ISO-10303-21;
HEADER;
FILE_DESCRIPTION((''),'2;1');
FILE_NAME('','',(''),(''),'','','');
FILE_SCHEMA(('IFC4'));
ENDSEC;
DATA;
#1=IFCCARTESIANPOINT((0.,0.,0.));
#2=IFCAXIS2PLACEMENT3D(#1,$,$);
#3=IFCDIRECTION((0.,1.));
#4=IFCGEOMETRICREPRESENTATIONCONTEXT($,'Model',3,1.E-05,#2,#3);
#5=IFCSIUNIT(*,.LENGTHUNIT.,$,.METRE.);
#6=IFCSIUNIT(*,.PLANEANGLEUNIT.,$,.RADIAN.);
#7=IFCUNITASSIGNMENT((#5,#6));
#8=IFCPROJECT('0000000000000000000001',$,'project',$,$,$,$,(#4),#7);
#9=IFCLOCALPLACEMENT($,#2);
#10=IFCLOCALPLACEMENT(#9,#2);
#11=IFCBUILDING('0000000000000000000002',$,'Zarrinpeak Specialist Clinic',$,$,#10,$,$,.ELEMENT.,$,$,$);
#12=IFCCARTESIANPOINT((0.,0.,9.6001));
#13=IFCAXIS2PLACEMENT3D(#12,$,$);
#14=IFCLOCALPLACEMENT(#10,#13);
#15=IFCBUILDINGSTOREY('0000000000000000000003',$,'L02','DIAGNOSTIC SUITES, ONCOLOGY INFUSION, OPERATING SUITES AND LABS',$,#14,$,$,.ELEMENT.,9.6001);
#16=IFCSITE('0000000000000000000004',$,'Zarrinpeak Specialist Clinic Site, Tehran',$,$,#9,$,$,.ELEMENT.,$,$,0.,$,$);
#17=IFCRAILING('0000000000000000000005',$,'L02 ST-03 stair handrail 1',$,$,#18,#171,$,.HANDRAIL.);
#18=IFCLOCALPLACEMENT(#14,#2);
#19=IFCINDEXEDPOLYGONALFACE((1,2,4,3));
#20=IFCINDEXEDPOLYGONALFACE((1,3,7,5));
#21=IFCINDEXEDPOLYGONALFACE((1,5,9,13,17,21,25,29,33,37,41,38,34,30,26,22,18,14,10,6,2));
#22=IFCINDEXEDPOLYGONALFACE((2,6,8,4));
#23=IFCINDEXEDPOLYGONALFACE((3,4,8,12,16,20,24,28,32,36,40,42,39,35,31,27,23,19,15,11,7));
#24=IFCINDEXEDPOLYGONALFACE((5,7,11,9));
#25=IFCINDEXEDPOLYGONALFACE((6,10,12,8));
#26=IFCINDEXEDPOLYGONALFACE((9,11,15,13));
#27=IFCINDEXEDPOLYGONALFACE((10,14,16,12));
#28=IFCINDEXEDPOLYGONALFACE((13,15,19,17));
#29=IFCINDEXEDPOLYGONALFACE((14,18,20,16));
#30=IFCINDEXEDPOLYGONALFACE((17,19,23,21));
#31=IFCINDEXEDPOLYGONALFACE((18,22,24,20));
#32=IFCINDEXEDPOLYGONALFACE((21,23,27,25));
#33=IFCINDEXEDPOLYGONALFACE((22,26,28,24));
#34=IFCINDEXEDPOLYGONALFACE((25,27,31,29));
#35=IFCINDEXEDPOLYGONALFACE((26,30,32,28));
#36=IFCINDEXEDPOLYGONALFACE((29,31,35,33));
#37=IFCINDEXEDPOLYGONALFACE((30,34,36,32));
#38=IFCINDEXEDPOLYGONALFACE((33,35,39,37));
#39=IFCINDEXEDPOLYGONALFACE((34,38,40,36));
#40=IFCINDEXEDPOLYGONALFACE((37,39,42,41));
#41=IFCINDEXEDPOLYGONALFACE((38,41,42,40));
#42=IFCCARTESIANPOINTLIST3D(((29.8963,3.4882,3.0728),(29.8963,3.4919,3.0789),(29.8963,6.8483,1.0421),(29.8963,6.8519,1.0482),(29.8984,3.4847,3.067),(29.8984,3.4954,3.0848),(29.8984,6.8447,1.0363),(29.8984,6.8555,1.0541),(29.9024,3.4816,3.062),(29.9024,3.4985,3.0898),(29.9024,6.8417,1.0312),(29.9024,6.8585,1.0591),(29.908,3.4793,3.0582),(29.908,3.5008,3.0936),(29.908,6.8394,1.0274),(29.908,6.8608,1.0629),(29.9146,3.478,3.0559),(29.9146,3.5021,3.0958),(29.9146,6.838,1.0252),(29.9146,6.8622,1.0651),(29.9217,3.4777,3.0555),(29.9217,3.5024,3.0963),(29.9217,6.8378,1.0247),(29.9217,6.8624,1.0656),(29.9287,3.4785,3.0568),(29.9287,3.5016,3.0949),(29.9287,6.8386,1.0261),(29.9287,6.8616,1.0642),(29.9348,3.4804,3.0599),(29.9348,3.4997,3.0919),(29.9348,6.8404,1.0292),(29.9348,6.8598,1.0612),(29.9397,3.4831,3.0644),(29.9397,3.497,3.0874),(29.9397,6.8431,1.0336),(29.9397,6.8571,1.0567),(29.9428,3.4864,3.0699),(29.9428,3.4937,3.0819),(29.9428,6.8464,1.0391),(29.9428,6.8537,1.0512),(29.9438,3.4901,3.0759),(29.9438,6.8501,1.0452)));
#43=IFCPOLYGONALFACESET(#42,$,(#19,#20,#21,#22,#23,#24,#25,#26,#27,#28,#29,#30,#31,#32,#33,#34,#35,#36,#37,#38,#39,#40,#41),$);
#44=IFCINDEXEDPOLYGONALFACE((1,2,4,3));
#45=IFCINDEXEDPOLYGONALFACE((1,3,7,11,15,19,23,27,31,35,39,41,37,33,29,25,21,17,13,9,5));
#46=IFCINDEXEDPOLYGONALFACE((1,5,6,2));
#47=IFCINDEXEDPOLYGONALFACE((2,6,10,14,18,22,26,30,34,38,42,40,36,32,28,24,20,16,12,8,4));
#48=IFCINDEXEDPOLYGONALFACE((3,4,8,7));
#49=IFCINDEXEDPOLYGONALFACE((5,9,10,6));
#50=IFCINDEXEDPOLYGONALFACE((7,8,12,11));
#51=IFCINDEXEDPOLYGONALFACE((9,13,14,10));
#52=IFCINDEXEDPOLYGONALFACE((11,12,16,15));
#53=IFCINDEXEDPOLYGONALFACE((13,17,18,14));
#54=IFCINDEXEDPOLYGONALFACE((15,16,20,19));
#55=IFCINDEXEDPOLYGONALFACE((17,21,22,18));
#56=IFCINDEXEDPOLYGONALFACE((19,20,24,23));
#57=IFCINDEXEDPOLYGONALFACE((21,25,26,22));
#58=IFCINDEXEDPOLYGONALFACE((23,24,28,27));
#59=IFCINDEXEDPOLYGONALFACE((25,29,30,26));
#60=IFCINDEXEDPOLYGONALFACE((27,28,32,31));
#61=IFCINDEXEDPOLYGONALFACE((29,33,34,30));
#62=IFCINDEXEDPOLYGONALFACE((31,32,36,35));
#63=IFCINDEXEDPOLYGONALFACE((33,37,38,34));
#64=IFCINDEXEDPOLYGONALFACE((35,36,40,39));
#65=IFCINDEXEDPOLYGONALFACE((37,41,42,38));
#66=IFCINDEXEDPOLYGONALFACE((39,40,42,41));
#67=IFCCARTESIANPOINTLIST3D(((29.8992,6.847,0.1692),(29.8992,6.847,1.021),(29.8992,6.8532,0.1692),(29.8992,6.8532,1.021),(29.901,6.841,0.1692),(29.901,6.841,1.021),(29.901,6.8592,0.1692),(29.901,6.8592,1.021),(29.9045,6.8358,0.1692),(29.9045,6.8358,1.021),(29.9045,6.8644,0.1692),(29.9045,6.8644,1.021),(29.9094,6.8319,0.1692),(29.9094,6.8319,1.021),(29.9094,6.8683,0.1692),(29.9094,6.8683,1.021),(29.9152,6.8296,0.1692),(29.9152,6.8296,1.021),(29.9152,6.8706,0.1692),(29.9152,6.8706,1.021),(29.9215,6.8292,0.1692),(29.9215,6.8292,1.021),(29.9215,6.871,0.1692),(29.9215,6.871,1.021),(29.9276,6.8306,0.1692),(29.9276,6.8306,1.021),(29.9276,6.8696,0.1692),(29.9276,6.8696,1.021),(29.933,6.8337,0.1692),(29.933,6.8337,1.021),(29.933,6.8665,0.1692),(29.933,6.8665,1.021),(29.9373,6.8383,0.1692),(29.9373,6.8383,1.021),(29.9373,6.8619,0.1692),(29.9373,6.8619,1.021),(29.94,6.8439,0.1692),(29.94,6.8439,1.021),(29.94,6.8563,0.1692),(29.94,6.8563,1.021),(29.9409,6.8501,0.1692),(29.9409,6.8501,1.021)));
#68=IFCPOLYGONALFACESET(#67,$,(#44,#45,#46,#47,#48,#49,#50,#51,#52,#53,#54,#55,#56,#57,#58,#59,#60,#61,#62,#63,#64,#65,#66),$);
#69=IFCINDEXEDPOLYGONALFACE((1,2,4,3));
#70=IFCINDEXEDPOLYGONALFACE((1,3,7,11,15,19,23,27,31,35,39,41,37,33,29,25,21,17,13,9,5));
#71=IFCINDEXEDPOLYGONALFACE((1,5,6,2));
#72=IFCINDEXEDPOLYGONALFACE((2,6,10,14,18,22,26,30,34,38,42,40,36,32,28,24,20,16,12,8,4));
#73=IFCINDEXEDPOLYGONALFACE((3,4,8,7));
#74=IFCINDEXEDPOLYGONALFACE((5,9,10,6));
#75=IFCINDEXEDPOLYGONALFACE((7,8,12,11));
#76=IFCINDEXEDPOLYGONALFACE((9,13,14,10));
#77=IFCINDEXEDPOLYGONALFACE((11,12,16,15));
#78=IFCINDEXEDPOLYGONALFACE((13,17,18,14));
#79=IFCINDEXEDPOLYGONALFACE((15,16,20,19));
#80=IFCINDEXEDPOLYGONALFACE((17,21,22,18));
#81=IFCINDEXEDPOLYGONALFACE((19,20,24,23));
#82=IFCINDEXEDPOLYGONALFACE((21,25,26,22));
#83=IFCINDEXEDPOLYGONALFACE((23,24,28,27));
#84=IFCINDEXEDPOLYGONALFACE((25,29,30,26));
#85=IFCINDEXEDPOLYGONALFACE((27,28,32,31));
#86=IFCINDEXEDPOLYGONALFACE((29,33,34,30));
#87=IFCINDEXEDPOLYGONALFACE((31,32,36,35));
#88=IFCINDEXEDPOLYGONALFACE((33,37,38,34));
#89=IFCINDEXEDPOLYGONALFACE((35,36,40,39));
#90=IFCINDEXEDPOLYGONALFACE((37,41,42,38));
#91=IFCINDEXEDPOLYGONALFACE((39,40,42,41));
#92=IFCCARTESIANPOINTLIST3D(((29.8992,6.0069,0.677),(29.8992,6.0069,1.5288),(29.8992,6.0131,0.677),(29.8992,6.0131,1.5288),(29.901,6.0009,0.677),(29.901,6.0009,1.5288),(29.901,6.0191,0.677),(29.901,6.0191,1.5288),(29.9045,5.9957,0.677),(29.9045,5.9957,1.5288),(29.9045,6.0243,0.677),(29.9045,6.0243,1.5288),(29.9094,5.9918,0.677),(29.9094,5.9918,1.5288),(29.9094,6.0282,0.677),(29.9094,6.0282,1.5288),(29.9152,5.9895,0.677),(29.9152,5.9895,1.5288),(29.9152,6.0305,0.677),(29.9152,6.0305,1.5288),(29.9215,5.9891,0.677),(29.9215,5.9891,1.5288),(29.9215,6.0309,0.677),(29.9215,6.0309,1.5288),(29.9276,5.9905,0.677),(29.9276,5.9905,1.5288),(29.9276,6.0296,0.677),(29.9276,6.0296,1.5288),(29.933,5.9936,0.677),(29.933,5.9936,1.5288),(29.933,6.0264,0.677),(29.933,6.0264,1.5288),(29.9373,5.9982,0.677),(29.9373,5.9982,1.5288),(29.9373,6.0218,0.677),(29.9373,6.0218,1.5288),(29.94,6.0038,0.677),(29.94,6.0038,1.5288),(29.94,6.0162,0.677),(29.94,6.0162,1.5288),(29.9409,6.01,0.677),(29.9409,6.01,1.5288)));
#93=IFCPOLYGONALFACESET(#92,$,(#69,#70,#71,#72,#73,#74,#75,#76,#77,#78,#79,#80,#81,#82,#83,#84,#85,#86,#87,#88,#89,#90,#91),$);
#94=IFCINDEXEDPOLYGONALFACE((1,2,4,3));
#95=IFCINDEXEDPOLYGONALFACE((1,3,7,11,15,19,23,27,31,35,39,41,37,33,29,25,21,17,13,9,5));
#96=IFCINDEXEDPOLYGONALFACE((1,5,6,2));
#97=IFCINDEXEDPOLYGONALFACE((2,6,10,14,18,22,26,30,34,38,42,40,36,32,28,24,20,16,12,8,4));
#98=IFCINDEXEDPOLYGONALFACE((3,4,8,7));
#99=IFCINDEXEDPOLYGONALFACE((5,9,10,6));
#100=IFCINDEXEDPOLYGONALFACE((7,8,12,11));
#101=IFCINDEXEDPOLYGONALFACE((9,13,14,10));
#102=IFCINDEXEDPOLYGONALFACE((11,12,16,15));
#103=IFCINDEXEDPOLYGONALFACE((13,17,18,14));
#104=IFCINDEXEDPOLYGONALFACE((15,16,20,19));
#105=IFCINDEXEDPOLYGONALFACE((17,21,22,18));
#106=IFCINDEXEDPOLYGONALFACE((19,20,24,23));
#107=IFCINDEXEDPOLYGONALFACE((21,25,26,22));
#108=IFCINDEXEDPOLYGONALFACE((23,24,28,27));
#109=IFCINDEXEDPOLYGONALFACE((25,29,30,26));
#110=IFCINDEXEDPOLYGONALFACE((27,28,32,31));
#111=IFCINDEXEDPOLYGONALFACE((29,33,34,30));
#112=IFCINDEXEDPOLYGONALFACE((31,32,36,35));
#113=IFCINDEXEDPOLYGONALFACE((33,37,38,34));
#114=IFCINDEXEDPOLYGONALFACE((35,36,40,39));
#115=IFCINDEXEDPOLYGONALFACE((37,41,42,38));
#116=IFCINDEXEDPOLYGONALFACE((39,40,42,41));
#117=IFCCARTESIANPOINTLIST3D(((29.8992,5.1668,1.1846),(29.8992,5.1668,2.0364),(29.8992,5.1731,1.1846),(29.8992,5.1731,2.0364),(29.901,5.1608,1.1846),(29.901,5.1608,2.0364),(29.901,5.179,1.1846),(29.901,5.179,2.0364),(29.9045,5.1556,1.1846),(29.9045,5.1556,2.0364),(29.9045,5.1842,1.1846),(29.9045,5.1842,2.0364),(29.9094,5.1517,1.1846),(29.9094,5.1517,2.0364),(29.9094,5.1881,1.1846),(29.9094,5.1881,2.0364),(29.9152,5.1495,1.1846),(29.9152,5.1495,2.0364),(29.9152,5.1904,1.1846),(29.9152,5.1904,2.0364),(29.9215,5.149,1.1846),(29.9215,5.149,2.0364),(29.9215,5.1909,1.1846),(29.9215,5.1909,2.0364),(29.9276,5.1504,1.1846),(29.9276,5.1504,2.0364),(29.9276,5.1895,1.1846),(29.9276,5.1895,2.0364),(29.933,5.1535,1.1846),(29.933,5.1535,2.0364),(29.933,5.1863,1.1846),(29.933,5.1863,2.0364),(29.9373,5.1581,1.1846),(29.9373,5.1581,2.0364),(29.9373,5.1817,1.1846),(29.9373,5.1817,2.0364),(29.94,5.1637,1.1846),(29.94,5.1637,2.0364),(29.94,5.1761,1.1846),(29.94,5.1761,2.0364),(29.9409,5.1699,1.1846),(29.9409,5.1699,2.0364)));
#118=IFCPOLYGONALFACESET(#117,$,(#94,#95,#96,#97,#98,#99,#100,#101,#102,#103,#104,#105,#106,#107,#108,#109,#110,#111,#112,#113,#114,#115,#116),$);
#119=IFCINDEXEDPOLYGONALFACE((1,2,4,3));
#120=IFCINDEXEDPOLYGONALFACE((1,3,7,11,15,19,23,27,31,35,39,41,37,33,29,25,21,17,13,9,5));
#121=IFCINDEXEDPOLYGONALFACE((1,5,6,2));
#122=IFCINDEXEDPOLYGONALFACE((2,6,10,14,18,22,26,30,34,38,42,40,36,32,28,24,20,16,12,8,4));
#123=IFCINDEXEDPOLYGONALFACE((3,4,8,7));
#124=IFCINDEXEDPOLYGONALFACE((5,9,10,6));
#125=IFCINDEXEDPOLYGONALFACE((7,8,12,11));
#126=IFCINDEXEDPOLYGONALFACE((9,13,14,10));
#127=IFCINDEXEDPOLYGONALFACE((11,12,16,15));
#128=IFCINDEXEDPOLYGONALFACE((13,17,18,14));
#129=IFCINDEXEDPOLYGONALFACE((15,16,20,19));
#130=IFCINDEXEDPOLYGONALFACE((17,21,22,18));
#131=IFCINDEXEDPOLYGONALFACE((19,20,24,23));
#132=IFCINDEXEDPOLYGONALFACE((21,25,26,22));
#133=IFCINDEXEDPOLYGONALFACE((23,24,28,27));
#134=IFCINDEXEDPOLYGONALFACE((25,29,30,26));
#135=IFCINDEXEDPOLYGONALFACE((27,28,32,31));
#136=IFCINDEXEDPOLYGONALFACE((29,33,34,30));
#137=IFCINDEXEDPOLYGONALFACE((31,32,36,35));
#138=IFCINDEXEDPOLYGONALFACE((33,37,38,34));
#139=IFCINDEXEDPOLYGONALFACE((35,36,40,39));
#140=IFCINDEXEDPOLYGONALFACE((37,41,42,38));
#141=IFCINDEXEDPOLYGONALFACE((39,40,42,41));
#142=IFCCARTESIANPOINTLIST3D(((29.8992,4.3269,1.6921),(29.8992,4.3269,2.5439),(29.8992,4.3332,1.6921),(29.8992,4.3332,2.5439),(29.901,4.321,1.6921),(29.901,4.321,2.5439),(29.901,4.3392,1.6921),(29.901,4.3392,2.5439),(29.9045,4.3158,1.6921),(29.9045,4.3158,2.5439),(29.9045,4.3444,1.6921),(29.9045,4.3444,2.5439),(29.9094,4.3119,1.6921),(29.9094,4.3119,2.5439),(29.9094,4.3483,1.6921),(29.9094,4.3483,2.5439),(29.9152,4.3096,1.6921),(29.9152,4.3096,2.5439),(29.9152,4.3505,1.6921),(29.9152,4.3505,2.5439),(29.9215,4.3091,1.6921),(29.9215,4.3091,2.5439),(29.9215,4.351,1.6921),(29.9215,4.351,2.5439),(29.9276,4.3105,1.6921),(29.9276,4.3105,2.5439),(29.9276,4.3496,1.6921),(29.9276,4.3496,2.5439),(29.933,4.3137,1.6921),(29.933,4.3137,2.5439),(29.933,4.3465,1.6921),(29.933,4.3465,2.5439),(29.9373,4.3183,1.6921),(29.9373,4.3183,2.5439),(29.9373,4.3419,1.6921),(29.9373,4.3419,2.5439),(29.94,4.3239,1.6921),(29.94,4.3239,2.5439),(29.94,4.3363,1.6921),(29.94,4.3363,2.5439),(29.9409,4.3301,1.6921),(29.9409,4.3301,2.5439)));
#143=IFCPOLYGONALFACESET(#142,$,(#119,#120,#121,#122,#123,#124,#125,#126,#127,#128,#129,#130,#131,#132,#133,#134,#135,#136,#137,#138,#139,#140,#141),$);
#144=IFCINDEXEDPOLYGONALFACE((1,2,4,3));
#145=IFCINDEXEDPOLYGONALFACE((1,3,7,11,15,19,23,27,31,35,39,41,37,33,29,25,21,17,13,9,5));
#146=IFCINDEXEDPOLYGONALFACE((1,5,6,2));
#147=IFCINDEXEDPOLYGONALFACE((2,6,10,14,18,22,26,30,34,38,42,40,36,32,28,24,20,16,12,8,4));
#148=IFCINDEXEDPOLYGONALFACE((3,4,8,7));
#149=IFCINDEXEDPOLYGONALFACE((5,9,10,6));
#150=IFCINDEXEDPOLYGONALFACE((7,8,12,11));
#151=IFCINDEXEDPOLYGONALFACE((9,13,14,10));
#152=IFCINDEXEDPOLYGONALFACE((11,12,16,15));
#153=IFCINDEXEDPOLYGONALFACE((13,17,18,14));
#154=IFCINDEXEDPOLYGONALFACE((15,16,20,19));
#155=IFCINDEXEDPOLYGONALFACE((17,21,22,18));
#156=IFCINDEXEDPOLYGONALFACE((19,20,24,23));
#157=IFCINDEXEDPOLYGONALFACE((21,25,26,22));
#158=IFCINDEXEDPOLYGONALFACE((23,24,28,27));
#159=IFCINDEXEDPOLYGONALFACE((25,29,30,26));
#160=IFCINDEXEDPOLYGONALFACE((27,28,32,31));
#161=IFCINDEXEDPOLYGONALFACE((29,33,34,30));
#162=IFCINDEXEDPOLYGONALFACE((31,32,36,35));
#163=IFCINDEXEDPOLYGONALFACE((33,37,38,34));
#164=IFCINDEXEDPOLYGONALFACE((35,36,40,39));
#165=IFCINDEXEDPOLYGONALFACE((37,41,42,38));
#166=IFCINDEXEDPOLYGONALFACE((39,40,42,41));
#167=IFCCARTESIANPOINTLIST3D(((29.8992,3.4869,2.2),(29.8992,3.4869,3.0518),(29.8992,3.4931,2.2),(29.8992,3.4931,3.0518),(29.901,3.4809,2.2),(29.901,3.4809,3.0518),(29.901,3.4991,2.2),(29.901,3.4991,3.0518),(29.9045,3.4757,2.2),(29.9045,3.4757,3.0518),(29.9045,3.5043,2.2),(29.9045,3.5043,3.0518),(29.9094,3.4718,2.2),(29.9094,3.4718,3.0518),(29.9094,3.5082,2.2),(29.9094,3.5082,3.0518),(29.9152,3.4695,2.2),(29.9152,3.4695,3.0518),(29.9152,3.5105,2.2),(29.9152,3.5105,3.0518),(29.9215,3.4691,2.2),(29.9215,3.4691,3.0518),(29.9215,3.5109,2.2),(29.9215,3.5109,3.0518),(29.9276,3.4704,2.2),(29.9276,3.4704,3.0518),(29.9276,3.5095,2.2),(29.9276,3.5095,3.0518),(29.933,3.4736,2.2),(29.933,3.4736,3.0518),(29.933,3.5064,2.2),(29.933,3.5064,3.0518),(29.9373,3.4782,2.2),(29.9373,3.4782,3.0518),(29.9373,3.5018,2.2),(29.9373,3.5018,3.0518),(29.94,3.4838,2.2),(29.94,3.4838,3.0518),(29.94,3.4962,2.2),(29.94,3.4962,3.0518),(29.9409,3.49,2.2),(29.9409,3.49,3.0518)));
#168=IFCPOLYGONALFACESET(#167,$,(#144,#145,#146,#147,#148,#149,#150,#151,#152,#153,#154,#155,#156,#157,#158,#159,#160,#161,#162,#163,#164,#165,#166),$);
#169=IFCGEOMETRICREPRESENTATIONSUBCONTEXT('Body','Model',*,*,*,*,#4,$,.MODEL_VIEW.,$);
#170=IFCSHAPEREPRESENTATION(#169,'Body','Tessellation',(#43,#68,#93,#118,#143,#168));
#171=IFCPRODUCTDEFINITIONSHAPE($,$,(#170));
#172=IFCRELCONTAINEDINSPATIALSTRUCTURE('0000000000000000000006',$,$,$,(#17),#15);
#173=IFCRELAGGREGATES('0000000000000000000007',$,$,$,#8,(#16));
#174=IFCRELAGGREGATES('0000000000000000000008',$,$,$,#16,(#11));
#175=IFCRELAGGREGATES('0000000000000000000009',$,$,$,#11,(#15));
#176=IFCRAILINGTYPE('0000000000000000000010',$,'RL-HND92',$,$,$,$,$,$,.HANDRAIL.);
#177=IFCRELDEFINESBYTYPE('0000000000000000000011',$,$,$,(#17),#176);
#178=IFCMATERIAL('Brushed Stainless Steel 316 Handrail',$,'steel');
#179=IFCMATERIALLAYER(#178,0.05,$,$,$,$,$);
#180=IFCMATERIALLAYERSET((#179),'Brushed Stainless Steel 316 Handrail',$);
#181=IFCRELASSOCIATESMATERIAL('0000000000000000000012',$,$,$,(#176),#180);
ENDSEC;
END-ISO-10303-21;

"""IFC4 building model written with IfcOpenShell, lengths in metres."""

from ifc_helpers import new_model, si_unit, direction, frame, origin, origin_2d, place, context, subcontext, project, spatial, circle, extrude, material, layer, layer_set, type_object, element, save


model = new_model("IFC4")

# Units and contexts
model_context = context("Model", 3, precision=1e-05, world=origin(), true_north=direction((0.0, 1.0)))
body_context = subcontext(model_context, "Body", "Model", "MODEL_VIEW")
ifc_project = project(units=[si_unit("LENGTHUNIT", "METRE"), si_unit("PLANEANGLEUNIT", "RADIAN")], contexts=[model_context])

# Site, building, storey
site_placement = place(None, origin())
site = spatial("IfcSite", under=ifc_project, at=site_placement, Name="Zarrinpeak Specialist Clinic Site, Tehran", CompositionType="ELEMENT", RefElevation=0.0)
building_placement = place(site_placement, origin())
building = spatial("IfcBuilding", under=site, at=building_placement, Name="Zarrinpeak Specialist Clinic", CompositionType="ELEMENT")
storey_placement = place(building_placement, frame((0.0, 0.0, 9.6001)))
storey = spatial("IfcBuildingStorey", under=building, at=storey_placement, Name="L02", Description="DIAGNOSTIC SUITES, ONCOLOGY INFUSION, OPERATING SUITES AND LABS", CompositionType="ELEMENT", Elevation=9.6001)

# Railing
ifc_material_1 = material(Name="Brushed Stainless Steel 316 Handrail", Category="steel")
ifc_layer_1 = layer(ifc_material_1, 0.05)
ifc_layer_set_1 = layer_set([ifc_layer_1], Name="Brushed Stainless Steel 316 Handrail")
railing_type_1 = type_object("IfcRailingType", Name="RL-HND92", PredefinedType="HANDRAIL", material=ifc_layer_set_1)
railing_1_placement = place(storey_placement, frame((29.9199, 6.8501, 0.1692)))
element("IfcRailing", 1, at=railing_1_placement, inside=storey, type_object=railing_type_1, Name="L02 ST-03 stair handrail 1", PredefinedType="HANDRAIL", context=body_context, shape_type="SweptSolid", body=[
    extrude(circle(Radius=0.0239, at=origin_2d()), frame((0.0, 0.0, 0.876), z_axis=(0.0, -0.855837, 0.517246), x_axis=(1.0, 0.0, 0.0)), (0.0, 0.0, 1.0), 3.926),
    extrude(circle(Radius=0.021, at=origin_2d()), origin(), (0.0, 0.0, 1.0), 0.8518),
    extrude(circle(Radius=0.021, at=origin_2d()), frame((0.0, -0.8401, 0.5078)), (0.0, 0.0, 1.0), 0.8518),
    extrude(circle(Radius=0.021, at=origin_2d()), frame((0.0, -1.6802, 1.0154)), (0.0, 0.0, 1.0), 0.8518),
    extrude(circle(Radius=0.021, at=origin_2d()), frame((0.0, -2.52, 1.5229)), (0.0, 0.0, 1.0), 0.8518),
    extrude(circle(Radius=0.021, at=origin_2d()), frame((0.0, -3.3601, 2.0308)), (0.0, 0.0, 1.0), 0.8518),
])

save(model, "model.ifc")
